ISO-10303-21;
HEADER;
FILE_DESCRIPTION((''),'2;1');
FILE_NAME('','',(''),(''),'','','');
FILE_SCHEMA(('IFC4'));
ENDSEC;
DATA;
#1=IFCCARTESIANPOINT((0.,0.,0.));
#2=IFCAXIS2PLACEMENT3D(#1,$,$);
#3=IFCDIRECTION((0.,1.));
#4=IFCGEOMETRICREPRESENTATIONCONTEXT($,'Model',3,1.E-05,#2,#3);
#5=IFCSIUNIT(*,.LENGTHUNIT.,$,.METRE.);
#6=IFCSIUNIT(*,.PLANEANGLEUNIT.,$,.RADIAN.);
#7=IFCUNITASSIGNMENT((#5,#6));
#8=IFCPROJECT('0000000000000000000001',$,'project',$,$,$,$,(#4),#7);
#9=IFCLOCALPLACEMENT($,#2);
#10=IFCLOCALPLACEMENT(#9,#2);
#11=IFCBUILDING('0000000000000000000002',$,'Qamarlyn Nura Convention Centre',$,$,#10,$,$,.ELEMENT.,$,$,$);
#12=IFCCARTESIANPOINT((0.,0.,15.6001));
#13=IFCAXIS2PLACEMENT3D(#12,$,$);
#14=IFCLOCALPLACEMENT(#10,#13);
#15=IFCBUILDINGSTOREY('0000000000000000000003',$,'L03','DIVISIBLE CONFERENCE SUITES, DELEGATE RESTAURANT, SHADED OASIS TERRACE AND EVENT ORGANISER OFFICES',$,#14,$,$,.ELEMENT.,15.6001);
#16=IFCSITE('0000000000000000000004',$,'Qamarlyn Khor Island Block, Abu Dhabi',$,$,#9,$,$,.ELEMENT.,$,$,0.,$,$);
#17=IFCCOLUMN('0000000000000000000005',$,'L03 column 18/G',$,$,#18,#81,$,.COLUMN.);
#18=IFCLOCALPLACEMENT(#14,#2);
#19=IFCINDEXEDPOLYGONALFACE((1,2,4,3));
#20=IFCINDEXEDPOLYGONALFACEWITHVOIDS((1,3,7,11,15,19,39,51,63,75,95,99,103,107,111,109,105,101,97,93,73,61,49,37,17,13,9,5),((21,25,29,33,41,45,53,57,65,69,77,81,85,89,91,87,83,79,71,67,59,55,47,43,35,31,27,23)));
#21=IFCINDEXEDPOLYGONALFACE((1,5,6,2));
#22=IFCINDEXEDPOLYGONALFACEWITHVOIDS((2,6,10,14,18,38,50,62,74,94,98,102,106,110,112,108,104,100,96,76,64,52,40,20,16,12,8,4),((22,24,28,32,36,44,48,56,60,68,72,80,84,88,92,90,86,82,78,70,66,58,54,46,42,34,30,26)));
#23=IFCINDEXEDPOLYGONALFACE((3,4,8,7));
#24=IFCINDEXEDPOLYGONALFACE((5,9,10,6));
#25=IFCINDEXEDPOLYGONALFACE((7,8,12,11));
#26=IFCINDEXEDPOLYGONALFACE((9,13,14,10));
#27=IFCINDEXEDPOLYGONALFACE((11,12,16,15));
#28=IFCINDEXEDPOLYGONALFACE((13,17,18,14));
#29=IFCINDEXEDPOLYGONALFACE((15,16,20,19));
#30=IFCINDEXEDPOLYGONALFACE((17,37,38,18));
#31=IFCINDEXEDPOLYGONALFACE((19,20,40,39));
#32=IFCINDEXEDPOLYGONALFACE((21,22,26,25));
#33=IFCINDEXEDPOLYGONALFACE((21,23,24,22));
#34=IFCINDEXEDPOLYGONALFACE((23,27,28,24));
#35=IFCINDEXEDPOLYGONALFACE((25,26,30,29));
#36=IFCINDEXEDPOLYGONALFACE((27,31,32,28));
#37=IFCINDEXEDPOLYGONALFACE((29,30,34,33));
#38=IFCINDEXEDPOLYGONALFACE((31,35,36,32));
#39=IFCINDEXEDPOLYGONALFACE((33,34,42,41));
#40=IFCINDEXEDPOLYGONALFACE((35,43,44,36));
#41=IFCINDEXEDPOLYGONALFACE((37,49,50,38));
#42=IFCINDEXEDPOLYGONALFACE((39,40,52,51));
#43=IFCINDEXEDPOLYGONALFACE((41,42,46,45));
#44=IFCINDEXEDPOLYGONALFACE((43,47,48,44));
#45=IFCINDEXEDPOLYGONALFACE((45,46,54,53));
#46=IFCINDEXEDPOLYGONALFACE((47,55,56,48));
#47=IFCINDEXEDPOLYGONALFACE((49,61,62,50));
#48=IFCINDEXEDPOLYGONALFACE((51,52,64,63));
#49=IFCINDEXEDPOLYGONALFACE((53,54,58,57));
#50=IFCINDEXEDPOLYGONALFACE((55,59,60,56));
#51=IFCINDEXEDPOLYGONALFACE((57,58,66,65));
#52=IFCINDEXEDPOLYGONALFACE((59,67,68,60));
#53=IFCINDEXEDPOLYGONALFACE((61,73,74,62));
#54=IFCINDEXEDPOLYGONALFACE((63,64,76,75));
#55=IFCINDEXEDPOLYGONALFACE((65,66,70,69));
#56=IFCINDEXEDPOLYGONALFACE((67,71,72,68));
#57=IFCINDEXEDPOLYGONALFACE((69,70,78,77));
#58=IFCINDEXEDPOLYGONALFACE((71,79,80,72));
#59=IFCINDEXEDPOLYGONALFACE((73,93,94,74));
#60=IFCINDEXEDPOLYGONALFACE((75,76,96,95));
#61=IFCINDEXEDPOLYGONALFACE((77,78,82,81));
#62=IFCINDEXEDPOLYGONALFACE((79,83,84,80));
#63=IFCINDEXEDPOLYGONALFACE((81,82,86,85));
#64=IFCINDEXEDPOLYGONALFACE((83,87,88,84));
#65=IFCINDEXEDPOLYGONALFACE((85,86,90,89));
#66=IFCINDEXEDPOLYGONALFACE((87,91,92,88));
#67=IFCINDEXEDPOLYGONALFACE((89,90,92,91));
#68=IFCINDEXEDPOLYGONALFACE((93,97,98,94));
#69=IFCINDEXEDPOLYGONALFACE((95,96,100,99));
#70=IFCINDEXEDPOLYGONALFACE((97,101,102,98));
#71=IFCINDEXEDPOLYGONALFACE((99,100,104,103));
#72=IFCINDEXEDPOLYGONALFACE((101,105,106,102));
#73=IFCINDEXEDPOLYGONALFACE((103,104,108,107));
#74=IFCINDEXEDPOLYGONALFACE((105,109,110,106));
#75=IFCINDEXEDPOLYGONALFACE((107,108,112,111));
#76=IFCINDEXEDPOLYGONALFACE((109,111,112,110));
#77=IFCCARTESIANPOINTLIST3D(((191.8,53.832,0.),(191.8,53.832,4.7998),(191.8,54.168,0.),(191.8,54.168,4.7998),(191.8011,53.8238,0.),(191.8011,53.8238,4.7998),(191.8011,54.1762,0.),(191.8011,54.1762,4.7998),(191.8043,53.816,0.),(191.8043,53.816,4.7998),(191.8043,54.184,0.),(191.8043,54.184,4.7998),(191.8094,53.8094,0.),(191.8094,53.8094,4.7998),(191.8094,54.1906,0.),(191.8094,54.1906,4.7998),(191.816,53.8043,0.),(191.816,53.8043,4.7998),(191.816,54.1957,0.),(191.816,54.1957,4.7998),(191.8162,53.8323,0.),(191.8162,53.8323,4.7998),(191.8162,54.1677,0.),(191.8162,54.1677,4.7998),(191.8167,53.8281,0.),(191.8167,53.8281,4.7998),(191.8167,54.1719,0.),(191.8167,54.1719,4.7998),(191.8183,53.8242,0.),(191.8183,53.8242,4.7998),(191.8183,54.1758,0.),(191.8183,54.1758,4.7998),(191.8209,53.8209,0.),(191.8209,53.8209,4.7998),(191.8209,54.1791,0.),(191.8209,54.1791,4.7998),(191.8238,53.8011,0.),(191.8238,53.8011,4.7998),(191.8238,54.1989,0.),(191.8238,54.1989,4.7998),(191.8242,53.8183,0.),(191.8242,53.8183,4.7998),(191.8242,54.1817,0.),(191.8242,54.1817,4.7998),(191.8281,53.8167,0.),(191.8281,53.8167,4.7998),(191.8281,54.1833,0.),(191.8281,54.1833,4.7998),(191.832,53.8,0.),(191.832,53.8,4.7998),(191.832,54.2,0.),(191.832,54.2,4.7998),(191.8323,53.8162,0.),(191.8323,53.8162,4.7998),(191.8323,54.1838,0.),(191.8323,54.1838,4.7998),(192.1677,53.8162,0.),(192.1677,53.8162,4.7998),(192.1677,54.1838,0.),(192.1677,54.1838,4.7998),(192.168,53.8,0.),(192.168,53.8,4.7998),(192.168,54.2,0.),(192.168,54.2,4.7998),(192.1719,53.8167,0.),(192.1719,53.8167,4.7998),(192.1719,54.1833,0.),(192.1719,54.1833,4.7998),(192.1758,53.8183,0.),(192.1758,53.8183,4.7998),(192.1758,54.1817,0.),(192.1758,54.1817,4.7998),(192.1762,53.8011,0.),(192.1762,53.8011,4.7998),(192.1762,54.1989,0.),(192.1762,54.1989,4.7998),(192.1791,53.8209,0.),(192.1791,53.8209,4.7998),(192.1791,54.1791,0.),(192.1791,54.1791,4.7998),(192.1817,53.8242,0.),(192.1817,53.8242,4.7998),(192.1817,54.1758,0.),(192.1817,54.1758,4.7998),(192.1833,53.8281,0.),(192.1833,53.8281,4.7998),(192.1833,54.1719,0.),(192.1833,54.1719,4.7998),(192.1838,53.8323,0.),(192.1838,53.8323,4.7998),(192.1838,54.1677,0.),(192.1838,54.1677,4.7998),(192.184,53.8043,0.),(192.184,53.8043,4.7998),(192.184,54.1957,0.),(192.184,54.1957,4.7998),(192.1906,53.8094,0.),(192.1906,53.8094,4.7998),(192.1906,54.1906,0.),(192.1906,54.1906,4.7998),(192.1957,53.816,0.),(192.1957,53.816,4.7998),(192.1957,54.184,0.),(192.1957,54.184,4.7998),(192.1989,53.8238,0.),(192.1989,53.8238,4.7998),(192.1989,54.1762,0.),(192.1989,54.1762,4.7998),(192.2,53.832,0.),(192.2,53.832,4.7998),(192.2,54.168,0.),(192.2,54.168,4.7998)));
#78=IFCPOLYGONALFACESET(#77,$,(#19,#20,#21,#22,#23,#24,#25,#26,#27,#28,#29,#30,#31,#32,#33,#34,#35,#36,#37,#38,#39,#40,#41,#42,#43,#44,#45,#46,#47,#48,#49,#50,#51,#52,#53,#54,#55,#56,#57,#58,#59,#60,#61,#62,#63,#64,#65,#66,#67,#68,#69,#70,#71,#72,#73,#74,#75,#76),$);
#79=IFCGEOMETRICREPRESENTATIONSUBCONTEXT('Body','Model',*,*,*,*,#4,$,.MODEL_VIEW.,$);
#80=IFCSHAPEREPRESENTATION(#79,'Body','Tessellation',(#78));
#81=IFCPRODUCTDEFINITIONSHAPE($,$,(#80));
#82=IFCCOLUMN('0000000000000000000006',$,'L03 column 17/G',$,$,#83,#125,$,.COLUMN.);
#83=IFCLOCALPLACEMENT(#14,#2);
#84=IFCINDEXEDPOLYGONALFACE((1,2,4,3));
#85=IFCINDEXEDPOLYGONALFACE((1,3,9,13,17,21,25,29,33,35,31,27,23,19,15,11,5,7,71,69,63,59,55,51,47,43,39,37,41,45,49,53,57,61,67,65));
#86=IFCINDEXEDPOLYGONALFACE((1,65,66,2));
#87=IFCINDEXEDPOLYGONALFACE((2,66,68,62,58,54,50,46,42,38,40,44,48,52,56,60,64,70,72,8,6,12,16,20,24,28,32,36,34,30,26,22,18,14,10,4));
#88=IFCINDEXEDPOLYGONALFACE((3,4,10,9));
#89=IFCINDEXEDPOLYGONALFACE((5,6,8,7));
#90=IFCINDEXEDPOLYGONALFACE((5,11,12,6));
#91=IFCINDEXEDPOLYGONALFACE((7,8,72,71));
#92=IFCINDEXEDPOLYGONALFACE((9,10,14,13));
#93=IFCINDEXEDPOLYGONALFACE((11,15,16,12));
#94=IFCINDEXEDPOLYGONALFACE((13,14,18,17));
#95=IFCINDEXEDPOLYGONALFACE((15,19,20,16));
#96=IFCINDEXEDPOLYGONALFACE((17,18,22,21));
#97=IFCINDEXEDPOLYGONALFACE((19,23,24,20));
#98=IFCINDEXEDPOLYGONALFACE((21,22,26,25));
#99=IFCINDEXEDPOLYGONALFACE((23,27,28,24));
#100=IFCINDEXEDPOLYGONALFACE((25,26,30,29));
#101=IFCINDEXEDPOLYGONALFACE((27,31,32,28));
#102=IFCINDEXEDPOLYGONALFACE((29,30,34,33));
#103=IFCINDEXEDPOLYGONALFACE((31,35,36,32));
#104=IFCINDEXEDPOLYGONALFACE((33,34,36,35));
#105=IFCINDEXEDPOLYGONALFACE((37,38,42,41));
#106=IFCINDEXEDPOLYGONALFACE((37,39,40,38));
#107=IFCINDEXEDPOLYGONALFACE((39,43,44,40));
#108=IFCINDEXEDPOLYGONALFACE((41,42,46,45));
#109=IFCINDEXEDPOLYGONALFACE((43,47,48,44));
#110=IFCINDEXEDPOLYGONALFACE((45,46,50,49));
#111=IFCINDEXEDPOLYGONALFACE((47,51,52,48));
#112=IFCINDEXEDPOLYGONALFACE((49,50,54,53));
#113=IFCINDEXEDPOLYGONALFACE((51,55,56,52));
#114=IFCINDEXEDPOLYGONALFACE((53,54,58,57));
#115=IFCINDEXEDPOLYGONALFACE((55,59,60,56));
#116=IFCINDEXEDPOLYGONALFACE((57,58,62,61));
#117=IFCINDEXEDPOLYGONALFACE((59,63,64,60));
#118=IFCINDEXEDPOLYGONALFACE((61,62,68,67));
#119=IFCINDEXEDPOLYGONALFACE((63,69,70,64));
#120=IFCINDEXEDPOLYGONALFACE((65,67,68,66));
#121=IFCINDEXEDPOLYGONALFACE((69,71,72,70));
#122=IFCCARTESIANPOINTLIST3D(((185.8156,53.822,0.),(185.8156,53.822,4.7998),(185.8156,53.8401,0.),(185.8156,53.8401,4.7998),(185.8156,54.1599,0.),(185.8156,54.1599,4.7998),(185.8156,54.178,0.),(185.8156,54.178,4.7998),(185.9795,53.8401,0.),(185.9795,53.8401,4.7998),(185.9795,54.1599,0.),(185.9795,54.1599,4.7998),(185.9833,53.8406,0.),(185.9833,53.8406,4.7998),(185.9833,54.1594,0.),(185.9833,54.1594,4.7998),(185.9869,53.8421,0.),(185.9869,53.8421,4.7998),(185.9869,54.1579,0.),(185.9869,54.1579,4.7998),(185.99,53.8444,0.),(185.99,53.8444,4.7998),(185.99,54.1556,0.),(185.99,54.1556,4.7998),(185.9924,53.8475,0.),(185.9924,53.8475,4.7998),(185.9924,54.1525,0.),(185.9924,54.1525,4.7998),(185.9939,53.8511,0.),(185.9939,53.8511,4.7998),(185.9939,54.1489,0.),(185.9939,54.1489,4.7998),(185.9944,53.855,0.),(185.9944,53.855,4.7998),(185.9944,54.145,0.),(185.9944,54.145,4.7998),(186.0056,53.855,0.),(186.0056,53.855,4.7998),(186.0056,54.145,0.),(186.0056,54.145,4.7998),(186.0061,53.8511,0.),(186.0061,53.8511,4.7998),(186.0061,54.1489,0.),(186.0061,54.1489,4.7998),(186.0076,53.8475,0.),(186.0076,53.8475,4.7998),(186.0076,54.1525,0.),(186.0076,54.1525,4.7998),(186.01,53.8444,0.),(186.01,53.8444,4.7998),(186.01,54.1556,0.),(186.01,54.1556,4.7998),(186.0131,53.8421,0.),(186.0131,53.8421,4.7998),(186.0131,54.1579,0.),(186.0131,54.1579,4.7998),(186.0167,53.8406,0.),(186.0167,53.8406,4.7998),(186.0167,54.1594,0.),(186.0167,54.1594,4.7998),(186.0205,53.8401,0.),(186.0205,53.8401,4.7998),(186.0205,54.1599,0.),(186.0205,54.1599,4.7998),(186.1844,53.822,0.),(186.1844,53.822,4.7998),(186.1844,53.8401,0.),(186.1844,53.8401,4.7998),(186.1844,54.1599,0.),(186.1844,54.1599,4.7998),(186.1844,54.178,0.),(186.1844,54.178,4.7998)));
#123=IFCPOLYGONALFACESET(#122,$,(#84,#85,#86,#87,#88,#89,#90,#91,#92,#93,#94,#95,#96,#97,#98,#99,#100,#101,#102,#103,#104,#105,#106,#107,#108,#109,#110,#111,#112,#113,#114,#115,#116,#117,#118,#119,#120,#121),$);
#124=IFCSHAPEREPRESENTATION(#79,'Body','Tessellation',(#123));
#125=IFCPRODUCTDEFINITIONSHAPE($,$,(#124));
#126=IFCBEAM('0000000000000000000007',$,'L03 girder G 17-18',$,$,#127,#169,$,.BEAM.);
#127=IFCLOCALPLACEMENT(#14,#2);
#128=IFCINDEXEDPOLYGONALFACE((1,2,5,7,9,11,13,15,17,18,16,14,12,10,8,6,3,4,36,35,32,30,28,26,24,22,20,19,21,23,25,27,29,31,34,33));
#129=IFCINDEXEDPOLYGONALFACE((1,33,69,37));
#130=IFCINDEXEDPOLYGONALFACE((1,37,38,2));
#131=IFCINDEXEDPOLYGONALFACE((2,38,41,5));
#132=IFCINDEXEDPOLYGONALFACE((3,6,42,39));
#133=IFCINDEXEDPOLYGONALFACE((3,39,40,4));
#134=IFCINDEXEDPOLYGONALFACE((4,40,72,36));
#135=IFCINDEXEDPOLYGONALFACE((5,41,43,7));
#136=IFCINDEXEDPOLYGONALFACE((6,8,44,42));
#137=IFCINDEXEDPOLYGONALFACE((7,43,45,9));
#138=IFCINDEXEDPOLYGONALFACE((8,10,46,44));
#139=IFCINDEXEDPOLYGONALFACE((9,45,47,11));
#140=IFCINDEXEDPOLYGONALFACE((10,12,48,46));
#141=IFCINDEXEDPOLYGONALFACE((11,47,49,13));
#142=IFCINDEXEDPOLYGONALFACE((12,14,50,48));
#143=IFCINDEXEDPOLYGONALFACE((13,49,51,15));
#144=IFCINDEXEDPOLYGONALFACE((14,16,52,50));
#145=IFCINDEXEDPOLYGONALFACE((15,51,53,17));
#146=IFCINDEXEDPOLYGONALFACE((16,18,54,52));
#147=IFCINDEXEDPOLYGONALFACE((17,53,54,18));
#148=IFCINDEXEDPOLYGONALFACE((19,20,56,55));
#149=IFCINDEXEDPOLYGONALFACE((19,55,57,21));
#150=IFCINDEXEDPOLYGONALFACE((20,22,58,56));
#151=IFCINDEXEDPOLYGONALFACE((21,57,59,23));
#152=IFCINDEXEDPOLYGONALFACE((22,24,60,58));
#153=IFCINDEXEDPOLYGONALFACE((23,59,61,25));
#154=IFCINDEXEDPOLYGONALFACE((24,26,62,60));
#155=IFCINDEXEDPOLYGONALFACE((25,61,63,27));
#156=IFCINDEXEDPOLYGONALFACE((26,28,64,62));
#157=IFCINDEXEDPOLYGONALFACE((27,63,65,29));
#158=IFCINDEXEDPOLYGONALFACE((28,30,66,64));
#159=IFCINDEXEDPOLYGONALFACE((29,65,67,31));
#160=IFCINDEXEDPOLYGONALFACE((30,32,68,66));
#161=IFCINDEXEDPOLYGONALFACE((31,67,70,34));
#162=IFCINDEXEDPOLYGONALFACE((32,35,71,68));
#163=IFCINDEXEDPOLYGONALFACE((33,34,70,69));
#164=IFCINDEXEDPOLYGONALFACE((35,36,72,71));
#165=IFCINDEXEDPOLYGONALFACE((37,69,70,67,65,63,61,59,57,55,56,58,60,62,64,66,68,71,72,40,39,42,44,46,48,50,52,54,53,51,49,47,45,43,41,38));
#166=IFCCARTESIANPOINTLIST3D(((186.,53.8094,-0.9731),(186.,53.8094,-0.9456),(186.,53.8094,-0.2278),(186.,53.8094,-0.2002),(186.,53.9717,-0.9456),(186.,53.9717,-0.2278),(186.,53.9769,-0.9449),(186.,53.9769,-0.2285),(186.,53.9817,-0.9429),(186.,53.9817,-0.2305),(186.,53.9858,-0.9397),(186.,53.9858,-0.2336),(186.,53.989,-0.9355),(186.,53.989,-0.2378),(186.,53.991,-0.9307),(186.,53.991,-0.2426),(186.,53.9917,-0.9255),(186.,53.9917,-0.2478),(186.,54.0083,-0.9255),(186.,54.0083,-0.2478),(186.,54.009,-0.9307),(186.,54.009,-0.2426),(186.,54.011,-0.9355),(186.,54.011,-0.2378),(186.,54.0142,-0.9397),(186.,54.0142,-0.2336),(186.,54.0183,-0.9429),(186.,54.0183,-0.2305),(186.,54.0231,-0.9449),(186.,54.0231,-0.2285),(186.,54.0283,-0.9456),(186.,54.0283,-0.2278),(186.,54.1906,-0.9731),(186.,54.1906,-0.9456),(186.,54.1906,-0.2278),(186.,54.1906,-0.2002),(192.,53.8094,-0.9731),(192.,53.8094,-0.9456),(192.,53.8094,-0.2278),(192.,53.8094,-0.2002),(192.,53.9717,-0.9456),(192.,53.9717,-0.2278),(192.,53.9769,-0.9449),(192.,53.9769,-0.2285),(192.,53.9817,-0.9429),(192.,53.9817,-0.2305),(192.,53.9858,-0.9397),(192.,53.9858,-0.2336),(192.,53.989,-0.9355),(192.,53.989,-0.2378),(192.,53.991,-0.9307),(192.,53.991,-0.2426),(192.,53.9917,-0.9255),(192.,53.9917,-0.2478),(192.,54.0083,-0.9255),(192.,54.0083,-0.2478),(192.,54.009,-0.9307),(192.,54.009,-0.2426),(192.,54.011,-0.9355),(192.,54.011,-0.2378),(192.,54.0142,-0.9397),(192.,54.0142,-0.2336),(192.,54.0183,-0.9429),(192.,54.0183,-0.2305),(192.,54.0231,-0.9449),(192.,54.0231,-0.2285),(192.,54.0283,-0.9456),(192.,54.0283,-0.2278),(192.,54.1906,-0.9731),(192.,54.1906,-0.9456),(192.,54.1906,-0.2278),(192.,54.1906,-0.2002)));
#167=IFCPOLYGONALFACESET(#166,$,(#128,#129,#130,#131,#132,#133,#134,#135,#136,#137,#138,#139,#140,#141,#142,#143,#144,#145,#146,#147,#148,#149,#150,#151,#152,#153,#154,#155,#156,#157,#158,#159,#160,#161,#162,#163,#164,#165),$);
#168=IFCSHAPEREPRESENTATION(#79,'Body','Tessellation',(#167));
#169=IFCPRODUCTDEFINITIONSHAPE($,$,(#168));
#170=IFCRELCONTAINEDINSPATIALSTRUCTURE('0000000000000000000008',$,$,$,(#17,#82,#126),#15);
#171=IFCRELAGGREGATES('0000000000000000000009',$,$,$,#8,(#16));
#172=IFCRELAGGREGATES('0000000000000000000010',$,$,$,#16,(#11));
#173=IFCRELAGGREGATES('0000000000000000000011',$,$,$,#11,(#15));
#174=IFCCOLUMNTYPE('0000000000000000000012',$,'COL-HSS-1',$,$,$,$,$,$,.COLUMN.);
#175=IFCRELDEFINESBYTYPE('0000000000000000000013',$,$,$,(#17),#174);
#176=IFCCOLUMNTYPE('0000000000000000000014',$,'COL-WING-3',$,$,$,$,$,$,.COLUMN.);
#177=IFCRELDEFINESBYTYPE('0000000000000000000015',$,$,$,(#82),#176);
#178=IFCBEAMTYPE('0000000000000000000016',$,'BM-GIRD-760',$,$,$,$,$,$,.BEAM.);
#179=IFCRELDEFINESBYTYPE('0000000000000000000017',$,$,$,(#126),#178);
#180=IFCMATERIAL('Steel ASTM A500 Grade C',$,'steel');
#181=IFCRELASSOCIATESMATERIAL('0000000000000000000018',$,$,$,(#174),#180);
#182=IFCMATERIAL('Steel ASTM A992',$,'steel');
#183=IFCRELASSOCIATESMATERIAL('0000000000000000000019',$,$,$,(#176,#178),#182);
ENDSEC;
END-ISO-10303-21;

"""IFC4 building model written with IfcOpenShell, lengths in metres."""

from ifc_helpers import new_model, si_unit, direction, frame, origin, origin_2d, place, context, subcontext, project, spatial, hollow_rectangle, i_section, extrude, material, material_profile, profile_set, type_object, element, save


model = new_model("IFC4")

# Units and contexts
model_context = context("Model", 3, precision=1e-05, world=origin(), true_north=direction((0.0, 1.0)))
body_context = subcontext(model_context, "Body", "Model", "MODEL_VIEW")
ifc_project = project(units=[si_unit("LENGTHUNIT", "METRE"), si_unit("PLANEANGLEUNIT", "RADIAN")], contexts=[model_context])

# Site, building, storey
site_placement = place(None, origin())
site = spatial("IfcSite", under=ifc_project, at=site_placement, Name="Qamarlyn Khor Island Block, Abu Dhabi", CompositionType="ELEMENT", RefElevation=0.0)
building_placement = place(site_placement, origin())
building = spatial("IfcBuilding", under=site, at=building_placement, Name="Qamarlyn Nura Convention Centre", CompositionType="ELEMENT")
storey_placement = place(building_placement, frame((0.0, 0.0, 15.6001)))
storey = spatial("IfcBuildingStorey", under=building, at=storey_placement, Name="L03", Description="DIVISIBLE CONFERENCE SUITES, DELEGATE RESTAURANT, SHADED OASIS TERRACE AND EVENT ORGANISER OFFICES", CompositionType="ELEMENT", Elevation=15.6001)

# Columns
ifc_material_1 = material(Name="Steel ASTM A500 Grade C", Category="steel")
ifc_material_profile_1 = material_profile(ifc_material_1, hollow_rectangle(XDim=0.3999, YDim=0.3999, WallThickness=0.0161, InnerFilletRadius=0.0161, OuterFilletRadius=0.032, at=origin_2d()), Name="HSS400X400X16")
ifc_profile_set_1 = profile_set([ifc_material_profile_1], Name="Steel ASTM A500 Grade C")
column_type_1 = type_object("IfcColumnType", Name="COL-HSS-1", PredefinedType="COLUMN", material=ifc_profile_set_1)
column_1_placement = place(storey_placement, frame((192.0, 54.0, 0.0), z_axis=(0.0, 0.0, 1.0), x_axis=(1.0, 0.0, 0.0)))
element("IfcColumn", 1, at=column_1_placement, inside=storey, type_object=column_type_1, Name="L03 column 18/G", PredefinedType="COLUMN", context=body_context, shape_type="SweptSolid", body=[
    extrude(hollow_rectangle(XDim=0.3999, YDim=0.3999, WallThickness=0.0161, InnerFilletRadius=0.0161, OuterFilletRadius=0.032, at=origin_2d()), origin(), (0.0, 0.0, 1.0), 4.7998),
])
ifc_material_2 = material(Name="Steel ASTM A992", Category="steel")
ifc_material_profile_2 = material_profile(ifc_material_2, i_section(OverallWidth=0.3689, OverallDepth=0.356, WebThickness=0.0112, FlangeThickness=0.0181, FilletRadius=0.0149, at=origin_2d()), Name="W360X134")
ifc_profile_set_2 = profile_set([ifc_material_profile_2], Name="Steel ASTM A992")
column_type_2 = type_object("IfcColumnType", Name="COL-WING-3", PredefinedType="COLUMN", material=ifc_profile_set_2)
column_2_placement = place(storey_placement, frame((186.0, 54.0, 0.0), z_axis=(0.0, 0.0, 1.0), x_axis=(1.0, 0.0, 0.0)))
element("IfcColumn", 2, at=column_2_placement, inside=storey, type_object=column_type_2, Name="L03 column 17/G", PredefinedType="COLUMN", context=body_context, shape_type="SweptSolid", body=[
    extrude(i_section(OverallWidth=0.3689, OverallDepth=0.356, WebThickness=0.0112, FlangeThickness=0.0181, FilletRadius=0.0149, at=origin_2d()), origin(), (0.0, 0.0, 1.0), 4.7998),
])

# Beam
ifc_material_profile_3 = material_profile(ifc_material_2, i_section(OverallWidth=0.3811, OverallDepth=0.7729, WebThickness=0.0166, FlangeThickness=0.0276, FilletRadius=0.02, at=origin_2d()), Name="W760X257")
ifc_profile_set_3 = profile_set([ifc_material_profile_3], Name="Steel ASTM A992")
beam_type_1 = type_object("IfcBeamType", Name="BM-GIRD-760", PredefinedType="BEAM", material=ifc_profile_set_3)
beam_1_placement = place(storey_placement, frame((186.0, 54.0, -0.5867), z_axis=(1.0, 0.0, 0.0), x_axis=(0.0, 1.0, 0.0)))
element("IfcBeam", 3, at=beam_1_placement, inside=storey, type_object=beam_type_1, Name="L03 girder G 17-18", PredefinedType="BEAM", context=body_context, shape_type="SweptSolid", body=[
    extrude(i_section(OverallWidth=0.3811, OverallDepth=0.7729, WebThickness=0.0166, FlangeThickness=0.0276, FilletRadius=0.02, at=origin_2d()), origin(), (0.0, 0.0, 1.0), 6.0),
])

save(model, "model.ifc")
